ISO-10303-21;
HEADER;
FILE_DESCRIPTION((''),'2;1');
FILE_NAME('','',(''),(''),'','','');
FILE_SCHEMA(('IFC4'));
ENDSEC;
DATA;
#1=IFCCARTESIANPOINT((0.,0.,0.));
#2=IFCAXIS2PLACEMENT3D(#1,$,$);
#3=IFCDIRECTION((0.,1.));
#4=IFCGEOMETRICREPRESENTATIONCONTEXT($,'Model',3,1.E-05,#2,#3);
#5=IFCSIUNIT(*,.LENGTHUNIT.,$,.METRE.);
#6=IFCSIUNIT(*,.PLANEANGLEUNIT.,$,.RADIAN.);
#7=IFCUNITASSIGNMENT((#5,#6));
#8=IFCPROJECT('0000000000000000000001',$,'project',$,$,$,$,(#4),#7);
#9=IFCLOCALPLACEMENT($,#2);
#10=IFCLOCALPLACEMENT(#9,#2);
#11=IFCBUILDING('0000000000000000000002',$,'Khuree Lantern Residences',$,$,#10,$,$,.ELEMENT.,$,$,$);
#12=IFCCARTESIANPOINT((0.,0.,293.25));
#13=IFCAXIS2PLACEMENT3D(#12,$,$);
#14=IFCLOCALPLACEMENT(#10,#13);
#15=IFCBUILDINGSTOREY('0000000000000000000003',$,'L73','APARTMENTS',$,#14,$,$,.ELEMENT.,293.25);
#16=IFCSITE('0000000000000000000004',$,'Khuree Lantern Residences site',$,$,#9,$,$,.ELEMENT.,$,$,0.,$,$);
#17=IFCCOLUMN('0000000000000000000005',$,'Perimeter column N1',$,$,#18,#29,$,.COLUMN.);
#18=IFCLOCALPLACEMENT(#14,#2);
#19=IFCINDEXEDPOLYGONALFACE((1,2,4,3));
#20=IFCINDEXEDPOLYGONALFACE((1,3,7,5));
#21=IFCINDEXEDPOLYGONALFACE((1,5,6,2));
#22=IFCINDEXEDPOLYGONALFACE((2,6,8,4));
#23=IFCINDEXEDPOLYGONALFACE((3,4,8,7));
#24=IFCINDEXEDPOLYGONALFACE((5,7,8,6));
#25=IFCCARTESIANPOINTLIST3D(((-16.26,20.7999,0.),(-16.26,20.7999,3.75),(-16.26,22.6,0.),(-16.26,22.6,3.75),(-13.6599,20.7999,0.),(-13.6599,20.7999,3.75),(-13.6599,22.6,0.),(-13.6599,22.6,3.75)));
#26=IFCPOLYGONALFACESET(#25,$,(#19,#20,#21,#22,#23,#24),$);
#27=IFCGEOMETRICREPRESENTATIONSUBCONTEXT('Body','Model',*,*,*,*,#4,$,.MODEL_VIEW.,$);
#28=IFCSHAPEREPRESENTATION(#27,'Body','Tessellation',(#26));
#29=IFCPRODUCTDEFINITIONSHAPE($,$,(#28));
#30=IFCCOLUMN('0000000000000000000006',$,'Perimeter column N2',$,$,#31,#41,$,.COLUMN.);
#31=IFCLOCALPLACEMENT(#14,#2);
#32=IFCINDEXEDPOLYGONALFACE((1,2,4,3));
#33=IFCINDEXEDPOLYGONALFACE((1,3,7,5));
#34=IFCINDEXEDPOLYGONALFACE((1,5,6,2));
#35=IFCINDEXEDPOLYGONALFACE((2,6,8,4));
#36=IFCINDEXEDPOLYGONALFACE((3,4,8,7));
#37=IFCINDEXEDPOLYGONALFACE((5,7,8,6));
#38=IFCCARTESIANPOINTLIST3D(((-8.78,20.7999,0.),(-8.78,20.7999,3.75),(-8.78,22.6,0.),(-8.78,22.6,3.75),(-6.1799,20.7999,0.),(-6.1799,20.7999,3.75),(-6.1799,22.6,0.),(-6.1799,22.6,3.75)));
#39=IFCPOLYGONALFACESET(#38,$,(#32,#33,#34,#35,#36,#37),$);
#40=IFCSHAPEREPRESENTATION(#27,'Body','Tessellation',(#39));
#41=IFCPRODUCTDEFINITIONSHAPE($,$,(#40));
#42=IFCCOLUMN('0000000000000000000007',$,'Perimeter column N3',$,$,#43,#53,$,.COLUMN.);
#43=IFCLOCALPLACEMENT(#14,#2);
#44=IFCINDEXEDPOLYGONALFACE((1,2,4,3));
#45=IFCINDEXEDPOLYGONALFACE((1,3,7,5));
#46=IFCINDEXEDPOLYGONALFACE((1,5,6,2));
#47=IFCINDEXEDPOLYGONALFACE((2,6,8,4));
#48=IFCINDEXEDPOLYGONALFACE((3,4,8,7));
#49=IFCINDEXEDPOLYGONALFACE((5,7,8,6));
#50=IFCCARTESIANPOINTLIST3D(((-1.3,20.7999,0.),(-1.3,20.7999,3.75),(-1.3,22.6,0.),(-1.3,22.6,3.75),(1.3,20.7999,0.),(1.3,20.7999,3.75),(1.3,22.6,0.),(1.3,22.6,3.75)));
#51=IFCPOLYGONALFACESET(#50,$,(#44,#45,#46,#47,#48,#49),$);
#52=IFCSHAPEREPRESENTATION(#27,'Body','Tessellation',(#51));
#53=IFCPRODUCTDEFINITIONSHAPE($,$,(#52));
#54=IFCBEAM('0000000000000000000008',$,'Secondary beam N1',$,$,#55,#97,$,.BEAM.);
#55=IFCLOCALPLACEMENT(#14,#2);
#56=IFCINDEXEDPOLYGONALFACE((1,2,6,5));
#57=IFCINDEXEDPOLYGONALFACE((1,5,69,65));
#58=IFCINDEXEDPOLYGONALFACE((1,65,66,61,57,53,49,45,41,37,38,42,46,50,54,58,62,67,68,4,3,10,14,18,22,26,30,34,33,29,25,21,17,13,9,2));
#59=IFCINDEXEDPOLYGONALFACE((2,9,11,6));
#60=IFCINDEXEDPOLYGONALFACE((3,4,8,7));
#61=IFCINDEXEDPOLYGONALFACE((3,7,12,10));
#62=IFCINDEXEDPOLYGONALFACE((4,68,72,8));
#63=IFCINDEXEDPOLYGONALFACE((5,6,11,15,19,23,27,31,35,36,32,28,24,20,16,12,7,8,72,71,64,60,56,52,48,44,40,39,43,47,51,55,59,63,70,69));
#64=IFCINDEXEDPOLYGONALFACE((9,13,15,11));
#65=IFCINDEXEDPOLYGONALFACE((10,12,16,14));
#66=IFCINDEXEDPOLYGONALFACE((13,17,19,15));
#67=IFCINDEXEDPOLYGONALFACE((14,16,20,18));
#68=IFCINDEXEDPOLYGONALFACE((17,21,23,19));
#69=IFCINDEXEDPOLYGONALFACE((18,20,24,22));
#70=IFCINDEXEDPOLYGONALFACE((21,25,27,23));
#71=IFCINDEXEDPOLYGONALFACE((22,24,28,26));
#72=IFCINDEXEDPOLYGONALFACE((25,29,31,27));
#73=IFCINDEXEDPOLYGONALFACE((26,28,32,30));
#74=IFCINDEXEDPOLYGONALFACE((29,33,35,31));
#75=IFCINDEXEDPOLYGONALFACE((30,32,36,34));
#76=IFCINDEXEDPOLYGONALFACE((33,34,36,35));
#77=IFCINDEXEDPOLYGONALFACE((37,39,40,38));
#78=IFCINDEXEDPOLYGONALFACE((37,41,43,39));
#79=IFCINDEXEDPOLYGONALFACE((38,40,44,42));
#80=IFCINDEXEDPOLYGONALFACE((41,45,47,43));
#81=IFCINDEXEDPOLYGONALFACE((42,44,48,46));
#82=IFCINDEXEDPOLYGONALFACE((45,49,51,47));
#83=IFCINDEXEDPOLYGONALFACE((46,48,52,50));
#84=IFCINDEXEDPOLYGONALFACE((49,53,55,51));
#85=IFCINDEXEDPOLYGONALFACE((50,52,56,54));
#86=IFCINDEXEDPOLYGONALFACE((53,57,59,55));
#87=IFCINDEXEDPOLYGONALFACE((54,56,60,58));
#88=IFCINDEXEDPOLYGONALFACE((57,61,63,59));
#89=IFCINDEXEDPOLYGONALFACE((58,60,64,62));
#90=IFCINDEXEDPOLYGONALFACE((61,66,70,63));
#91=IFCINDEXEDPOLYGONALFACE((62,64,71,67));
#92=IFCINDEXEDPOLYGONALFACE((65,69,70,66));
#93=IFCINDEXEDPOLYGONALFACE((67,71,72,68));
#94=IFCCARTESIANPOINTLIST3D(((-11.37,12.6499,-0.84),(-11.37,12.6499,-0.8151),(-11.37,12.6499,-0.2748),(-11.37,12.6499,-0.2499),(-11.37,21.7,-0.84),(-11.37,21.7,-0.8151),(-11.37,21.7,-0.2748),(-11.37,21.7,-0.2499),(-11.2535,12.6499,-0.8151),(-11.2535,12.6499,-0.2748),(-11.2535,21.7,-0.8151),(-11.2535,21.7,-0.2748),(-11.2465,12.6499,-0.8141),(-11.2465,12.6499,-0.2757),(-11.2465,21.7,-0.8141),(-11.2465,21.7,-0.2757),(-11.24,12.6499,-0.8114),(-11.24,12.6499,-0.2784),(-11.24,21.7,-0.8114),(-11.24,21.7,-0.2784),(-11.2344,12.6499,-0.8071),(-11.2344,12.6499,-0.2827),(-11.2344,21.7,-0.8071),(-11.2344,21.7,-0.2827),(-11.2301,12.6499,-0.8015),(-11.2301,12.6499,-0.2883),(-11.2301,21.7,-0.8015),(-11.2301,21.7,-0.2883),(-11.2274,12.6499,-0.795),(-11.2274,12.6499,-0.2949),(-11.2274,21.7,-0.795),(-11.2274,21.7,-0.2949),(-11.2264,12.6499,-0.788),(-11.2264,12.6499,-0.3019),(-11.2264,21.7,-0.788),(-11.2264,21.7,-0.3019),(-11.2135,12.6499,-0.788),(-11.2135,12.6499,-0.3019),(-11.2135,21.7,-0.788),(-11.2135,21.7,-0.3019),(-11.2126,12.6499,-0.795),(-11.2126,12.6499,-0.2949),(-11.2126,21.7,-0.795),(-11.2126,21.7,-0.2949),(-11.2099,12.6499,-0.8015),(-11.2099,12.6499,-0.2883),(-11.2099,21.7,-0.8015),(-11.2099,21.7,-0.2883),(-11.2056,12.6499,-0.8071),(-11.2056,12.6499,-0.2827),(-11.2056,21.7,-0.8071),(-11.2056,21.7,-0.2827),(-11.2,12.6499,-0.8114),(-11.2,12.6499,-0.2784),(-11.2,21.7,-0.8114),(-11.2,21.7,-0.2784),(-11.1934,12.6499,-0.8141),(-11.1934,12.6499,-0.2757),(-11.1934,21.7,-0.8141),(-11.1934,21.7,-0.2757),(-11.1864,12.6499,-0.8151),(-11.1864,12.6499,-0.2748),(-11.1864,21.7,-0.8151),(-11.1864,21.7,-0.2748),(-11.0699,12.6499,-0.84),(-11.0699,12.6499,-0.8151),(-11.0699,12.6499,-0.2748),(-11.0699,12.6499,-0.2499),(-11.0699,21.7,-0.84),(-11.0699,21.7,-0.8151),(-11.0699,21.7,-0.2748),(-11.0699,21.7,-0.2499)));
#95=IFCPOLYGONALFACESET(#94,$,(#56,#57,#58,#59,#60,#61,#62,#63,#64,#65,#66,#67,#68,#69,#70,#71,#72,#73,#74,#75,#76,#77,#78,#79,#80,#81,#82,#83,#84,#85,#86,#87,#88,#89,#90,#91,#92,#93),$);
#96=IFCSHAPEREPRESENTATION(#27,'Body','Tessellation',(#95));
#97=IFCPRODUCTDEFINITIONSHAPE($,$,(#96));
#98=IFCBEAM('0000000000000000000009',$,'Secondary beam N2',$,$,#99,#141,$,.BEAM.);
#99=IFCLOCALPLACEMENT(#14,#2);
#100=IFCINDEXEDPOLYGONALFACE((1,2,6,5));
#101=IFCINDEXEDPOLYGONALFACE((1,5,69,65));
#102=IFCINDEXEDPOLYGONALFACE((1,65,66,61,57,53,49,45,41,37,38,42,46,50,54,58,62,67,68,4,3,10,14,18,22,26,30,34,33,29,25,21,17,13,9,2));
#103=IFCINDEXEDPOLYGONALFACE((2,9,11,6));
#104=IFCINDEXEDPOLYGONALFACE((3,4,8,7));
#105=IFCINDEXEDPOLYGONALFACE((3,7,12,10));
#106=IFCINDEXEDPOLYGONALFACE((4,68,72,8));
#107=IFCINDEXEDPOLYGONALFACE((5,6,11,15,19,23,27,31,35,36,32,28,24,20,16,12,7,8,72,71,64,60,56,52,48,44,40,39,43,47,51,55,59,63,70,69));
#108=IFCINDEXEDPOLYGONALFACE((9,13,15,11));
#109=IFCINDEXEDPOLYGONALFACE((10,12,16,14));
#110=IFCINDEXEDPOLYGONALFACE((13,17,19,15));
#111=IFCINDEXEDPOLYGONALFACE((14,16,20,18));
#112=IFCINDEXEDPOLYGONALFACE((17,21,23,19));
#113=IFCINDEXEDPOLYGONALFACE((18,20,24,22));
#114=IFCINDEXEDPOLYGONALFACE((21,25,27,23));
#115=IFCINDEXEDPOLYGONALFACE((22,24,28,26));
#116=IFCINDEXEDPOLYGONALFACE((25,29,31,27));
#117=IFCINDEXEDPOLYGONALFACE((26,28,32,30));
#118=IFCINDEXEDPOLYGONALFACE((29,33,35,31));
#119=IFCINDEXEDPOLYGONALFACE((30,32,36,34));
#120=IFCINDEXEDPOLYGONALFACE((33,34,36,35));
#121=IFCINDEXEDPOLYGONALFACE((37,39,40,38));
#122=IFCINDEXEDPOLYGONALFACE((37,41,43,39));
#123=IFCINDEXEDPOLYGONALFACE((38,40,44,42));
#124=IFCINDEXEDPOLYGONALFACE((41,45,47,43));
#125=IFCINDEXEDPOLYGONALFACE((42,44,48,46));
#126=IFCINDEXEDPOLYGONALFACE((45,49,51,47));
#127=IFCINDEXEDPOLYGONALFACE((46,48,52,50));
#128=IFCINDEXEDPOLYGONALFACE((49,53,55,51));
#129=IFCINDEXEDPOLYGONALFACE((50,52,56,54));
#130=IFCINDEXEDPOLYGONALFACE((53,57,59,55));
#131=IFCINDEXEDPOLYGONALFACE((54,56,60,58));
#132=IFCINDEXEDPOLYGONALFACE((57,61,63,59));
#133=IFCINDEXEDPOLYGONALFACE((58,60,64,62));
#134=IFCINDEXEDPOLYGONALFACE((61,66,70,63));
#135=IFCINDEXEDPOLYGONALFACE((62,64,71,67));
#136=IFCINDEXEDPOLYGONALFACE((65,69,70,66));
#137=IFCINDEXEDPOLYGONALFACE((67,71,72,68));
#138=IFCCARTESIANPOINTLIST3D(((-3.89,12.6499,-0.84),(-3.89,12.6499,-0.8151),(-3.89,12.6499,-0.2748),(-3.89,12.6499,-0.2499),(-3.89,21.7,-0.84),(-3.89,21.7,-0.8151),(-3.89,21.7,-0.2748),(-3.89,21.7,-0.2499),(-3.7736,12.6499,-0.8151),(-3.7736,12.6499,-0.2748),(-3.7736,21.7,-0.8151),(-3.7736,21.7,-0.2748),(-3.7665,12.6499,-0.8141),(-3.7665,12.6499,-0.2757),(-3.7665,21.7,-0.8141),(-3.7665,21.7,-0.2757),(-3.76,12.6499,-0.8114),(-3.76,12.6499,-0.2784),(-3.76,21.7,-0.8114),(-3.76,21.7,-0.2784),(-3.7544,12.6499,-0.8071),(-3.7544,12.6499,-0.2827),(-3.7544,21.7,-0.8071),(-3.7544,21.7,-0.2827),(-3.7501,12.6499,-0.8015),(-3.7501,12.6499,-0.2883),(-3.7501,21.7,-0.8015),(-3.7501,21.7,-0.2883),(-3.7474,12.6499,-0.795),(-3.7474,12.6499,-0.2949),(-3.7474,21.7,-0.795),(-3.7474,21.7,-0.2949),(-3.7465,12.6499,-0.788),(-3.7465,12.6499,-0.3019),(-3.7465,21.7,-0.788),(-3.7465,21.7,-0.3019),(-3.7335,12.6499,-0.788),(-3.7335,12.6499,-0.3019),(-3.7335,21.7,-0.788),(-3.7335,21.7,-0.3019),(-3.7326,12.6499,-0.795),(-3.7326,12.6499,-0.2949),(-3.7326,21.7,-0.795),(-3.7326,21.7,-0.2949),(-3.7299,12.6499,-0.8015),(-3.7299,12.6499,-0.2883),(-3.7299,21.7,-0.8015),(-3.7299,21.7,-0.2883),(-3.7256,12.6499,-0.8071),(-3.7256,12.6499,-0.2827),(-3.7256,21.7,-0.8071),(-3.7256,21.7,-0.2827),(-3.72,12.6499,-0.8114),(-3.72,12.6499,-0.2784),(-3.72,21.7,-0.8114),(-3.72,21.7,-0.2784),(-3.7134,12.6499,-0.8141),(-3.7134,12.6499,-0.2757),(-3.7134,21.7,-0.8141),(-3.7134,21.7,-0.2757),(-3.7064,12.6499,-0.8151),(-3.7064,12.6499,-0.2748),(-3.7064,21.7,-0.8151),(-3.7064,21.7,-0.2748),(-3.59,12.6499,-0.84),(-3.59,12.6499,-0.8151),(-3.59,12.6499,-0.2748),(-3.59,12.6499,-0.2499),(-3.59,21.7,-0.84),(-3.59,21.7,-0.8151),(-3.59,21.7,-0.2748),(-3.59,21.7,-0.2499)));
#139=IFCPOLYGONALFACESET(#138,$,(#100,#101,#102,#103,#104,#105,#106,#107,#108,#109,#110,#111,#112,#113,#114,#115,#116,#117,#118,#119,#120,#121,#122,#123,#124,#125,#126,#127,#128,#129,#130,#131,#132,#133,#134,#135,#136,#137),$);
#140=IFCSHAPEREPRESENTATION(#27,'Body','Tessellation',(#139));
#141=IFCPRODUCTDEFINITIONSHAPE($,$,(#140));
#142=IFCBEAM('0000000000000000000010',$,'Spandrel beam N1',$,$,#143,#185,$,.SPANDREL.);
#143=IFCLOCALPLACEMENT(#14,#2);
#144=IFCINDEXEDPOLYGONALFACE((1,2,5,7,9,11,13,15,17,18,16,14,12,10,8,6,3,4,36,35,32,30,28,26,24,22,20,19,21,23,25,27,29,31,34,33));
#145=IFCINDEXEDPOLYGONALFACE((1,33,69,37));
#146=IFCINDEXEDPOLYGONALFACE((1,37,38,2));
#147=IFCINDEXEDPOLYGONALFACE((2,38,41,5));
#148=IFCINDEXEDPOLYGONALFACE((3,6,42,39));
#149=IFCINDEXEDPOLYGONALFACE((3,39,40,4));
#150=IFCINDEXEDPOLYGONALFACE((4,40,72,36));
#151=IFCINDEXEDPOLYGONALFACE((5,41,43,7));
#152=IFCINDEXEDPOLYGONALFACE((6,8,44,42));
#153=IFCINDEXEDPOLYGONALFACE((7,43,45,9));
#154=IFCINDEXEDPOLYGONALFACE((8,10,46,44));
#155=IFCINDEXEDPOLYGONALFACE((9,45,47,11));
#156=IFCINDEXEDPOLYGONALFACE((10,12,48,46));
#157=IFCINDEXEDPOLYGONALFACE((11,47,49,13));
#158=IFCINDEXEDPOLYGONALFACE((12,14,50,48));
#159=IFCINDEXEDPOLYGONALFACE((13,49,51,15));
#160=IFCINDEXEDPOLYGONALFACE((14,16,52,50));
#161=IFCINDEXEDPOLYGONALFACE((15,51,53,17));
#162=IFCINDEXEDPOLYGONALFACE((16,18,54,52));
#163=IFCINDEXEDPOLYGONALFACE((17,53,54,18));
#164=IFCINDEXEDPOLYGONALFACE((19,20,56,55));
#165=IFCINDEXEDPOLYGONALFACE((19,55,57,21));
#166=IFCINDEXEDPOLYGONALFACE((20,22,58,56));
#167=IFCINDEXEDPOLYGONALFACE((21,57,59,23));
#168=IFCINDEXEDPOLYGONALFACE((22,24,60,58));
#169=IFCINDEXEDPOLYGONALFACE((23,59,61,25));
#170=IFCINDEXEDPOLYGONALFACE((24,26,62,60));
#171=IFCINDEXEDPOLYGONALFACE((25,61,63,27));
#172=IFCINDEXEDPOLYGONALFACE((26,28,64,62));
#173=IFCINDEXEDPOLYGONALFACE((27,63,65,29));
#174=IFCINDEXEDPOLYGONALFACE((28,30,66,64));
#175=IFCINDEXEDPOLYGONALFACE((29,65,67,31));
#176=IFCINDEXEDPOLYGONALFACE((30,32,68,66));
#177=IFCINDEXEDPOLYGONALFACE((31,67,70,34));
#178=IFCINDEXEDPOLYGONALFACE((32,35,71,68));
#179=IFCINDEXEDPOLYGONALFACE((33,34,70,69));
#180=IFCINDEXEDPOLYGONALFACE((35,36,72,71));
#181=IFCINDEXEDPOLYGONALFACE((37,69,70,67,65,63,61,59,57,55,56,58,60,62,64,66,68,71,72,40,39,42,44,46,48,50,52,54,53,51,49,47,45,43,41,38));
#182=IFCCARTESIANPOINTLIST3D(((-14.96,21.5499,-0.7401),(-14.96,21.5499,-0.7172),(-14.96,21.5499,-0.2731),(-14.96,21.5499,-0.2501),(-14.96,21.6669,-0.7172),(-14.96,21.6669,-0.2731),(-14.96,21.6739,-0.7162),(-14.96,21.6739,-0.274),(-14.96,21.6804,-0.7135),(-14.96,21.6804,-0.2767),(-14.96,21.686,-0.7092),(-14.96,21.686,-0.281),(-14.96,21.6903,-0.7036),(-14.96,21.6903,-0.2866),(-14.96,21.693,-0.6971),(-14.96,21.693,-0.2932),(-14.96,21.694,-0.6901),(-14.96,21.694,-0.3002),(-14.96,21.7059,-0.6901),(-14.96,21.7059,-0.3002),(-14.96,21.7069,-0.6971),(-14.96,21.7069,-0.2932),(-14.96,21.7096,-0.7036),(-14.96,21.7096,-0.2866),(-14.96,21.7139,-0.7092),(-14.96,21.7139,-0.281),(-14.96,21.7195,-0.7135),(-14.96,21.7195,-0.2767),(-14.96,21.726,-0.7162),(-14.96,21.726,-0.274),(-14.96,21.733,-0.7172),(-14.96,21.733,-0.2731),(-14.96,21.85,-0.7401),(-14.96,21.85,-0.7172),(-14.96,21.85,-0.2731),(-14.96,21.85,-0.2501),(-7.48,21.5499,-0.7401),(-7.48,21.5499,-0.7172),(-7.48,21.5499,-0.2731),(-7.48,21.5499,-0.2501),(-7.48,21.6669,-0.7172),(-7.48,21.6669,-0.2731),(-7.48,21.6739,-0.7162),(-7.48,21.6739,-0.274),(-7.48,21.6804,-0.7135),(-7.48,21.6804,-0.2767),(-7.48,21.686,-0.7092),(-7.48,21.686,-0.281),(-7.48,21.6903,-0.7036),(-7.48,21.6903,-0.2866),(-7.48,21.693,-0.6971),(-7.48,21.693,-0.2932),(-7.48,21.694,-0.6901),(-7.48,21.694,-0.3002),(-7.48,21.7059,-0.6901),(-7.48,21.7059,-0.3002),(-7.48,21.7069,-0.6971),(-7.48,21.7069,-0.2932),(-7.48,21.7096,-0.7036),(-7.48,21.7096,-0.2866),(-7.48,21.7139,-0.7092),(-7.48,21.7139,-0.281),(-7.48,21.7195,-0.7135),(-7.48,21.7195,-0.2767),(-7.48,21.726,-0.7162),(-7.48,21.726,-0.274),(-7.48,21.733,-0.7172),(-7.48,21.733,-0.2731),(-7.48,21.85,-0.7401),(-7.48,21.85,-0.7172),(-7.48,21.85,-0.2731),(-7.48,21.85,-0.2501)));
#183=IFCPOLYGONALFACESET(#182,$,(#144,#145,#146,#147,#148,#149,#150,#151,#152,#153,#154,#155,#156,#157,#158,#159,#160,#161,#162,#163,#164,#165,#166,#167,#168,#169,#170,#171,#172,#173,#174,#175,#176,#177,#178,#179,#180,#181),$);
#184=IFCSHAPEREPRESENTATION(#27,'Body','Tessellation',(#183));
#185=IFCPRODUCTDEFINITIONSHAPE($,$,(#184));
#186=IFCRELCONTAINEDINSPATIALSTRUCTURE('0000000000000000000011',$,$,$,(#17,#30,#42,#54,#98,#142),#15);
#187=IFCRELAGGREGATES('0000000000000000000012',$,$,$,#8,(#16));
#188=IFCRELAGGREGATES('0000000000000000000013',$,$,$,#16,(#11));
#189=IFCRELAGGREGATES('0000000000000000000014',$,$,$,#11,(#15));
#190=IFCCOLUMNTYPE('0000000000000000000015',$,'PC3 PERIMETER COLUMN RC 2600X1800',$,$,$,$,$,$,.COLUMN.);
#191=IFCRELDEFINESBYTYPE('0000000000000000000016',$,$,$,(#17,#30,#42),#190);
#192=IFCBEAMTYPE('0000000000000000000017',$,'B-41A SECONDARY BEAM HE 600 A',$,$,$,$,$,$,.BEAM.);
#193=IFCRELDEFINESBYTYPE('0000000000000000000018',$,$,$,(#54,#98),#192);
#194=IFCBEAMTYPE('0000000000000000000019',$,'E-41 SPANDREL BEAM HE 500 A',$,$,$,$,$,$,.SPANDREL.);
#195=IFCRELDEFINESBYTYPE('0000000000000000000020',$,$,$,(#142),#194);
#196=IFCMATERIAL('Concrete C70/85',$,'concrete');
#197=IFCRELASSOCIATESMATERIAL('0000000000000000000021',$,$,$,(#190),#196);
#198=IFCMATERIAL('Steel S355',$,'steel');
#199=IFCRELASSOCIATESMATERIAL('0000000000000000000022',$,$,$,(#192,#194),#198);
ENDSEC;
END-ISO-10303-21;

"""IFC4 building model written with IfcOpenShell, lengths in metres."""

from ifc_helpers import new_model, si_unit, direction, frame, origin, origin_2d, place, context, subcontext, project, spatial, rectangle, i_section, extrude, material, material_profile, profile_set, type_object, element, save


model = new_model("IFC4")

# Units and contexts
model_context = context("Model", 3, precision=1e-05, world=origin(), true_north=direction((0.0, 1.0)))
body_context = subcontext(model_context, "Body", "Model", "MODEL_VIEW")
ifc_project = project(units=[si_unit("LENGTHUNIT", "METRE"), si_unit("PLANEANGLEUNIT", "RADIAN")], contexts=[model_context])

# Site, building, storey
site_placement = place(None, origin())
site = spatial("IfcSite", under=ifc_project, at=site_placement, Name="Khuree Lantern Residences site", CompositionType="ELEMENT", RefElevation=0.0)
building_placement = place(site_placement, origin())
building = spatial("IfcBuilding", under=site, at=building_placement, Name="Khuree Lantern Residences", CompositionType="ELEMENT")
storey_placement = place(building_placement, frame((0.0, 0.0, 293.25)))
storey = spatial("IfcBuildingStorey", under=building, at=storey_placement, Name="L73", Description="APARTMENTS", CompositionType="ELEMENT", Elevation=293.25)

# Columns
ifc_material_1 = material(Name="Concrete C70/85", Category="concrete")
ifc_material_profile_1 = material_profile(ifc_material_1, rectangle(XDim=2.6001, YDim=1.8, at=origin_2d()), Name="RC 2600X1800")
ifc_profile_set_1 = profile_set([ifc_material_profile_1], Name="Concrete C70/85")
column_type = type_object("IfcColumnType", Name="PC3 PERIMETER COLUMN RC 2600X1800", PredefinedType="COLUMN", material=ifc_profile_set_1)
for number, where, z_axis, x_axis, name in (
    (1, (-14.96, 21.7, 0.0), (0.0, 0.0, 1.0), (1.0, 0.0, 0.0), "Perimeter column N1"),
    (2, (-7.48, 21.7, 0.0), (0.0, 0.0, 1.0), (1.0, 0.0, 0.0), "Perimeter column N2"),
    (3, (0.0, 21.7, 0.0), (0.0, 0.0, 1.0), (1.0, 0.0, 0.0), "Perimeter column N3"),
):
    element("IfcColumn", number, at=place(storey_placement, frame(where, z_axis=z_axis, x_axis=x_axis)), inside=storey, type_object=column_type, Name=name, PredefinedType="COLUMN", context=body_context, shape_type="SweptSolid", body=[
        extrude(rectangle(XDim=2.6001, YDim=1.8, at=origin_2d()), origin(), (0.0, 0.0, 1.0), 3.75),
    ])

# Beams
ifc_material_2 = material(Name="Steel S355", Category="steel")
ifc_material_profile_2 = material_profile(ifc_material_2, i_section(OverallWidth=0.3, OverallDepth=0.5901, WebThickness=0.0129, FlangeThickness=0.0249, FilletRadius=0.0271, at=origin_2d()), Name="HE 600 A")
ifc_profile_set_2 = profile_set([ifc_material_profile_2], Name="Steel S355")
beam_type_1 = type_object("IfcBeamType", Name="B-41A SECONDARY BEAM HE 600 A", PredefinedType="BEAM", material=ifc_profile_set_2)
for number, where, z_axis, x_axis, name in (
    (4, (-11.22, 21.7, -0.5449), (0.0, -1.0, 0.0), (1.0, 0.0, 0.0), "Secondary beam N1"),
    (5, (-3.74, 21.7, -0.5449), (0.0, -1.0, 0.0), (1.0, 0.0, 0.0), "Secondary beam N2"),
):
    element("IfcBeam", number, at=place(storey_placement, frame(where, z_axis=z_axis, x_axis=x_axis)), inside=storey, type_object=beam_type_1, Name=name, PredefinedType="BEAM", context=body_context, shape_type="SweptSolid", body=[
        extrude(i_section(OverallWidth=0.3, OverallDepth=0.5901, WebThickness=0.0129, FlangeThickness=0.0249, FilletRadius=0.0271, at=origin_2d()), origin(), (0.0, 0.0, 1.0), 9.05),
    ])
ifc_material_profile_3 = material_profile(ifc_material_2, i_section(OverallWidth=0.3, OverallDepth=0.49, WebThickness=0.012, FlangeThickness=0.0229, FilletRadius=0.0271, at=origin_2d()), Name="HE 500 A")
ifc_profile_set_3 = profile_set([ifc_material_profile_3], Name="Steel S355")
beam_type_2 = type_object("IfcBeamType", Name="E-41 SPANDREL BEAM HE 500 A", PredefinedType="SPANDREL", material=ifc_profile_set_3)
for number, where, z_axis, x_axis, name in (
    (6, (-14.96, 21.7, -0.4951), (1.0, 0.0, 0.0), (0.0, 1.0, 0.0), "Spandrel beam N1"),
):
    element("IfcBeam", number, at=place(storey_placement, frame(where, z_axis=z_axis, x_axis=x_axis)), inside=storey, type_object=beam_type_2, Name=name, PredefinedType="SPANDREL", context=body_context, shape_type="SweptSolid", body=[
        extrude(i_section(OverallWidth=0.3, OverallDepth=0.49, WebThickness=0.012, FlangeThickness=0.0229, FilletRadius=0.0271, at=origin_2d()), origin(), (0.0, 0.0, 1.0), 7.48),
    ])

save(model, "model.ifc")
